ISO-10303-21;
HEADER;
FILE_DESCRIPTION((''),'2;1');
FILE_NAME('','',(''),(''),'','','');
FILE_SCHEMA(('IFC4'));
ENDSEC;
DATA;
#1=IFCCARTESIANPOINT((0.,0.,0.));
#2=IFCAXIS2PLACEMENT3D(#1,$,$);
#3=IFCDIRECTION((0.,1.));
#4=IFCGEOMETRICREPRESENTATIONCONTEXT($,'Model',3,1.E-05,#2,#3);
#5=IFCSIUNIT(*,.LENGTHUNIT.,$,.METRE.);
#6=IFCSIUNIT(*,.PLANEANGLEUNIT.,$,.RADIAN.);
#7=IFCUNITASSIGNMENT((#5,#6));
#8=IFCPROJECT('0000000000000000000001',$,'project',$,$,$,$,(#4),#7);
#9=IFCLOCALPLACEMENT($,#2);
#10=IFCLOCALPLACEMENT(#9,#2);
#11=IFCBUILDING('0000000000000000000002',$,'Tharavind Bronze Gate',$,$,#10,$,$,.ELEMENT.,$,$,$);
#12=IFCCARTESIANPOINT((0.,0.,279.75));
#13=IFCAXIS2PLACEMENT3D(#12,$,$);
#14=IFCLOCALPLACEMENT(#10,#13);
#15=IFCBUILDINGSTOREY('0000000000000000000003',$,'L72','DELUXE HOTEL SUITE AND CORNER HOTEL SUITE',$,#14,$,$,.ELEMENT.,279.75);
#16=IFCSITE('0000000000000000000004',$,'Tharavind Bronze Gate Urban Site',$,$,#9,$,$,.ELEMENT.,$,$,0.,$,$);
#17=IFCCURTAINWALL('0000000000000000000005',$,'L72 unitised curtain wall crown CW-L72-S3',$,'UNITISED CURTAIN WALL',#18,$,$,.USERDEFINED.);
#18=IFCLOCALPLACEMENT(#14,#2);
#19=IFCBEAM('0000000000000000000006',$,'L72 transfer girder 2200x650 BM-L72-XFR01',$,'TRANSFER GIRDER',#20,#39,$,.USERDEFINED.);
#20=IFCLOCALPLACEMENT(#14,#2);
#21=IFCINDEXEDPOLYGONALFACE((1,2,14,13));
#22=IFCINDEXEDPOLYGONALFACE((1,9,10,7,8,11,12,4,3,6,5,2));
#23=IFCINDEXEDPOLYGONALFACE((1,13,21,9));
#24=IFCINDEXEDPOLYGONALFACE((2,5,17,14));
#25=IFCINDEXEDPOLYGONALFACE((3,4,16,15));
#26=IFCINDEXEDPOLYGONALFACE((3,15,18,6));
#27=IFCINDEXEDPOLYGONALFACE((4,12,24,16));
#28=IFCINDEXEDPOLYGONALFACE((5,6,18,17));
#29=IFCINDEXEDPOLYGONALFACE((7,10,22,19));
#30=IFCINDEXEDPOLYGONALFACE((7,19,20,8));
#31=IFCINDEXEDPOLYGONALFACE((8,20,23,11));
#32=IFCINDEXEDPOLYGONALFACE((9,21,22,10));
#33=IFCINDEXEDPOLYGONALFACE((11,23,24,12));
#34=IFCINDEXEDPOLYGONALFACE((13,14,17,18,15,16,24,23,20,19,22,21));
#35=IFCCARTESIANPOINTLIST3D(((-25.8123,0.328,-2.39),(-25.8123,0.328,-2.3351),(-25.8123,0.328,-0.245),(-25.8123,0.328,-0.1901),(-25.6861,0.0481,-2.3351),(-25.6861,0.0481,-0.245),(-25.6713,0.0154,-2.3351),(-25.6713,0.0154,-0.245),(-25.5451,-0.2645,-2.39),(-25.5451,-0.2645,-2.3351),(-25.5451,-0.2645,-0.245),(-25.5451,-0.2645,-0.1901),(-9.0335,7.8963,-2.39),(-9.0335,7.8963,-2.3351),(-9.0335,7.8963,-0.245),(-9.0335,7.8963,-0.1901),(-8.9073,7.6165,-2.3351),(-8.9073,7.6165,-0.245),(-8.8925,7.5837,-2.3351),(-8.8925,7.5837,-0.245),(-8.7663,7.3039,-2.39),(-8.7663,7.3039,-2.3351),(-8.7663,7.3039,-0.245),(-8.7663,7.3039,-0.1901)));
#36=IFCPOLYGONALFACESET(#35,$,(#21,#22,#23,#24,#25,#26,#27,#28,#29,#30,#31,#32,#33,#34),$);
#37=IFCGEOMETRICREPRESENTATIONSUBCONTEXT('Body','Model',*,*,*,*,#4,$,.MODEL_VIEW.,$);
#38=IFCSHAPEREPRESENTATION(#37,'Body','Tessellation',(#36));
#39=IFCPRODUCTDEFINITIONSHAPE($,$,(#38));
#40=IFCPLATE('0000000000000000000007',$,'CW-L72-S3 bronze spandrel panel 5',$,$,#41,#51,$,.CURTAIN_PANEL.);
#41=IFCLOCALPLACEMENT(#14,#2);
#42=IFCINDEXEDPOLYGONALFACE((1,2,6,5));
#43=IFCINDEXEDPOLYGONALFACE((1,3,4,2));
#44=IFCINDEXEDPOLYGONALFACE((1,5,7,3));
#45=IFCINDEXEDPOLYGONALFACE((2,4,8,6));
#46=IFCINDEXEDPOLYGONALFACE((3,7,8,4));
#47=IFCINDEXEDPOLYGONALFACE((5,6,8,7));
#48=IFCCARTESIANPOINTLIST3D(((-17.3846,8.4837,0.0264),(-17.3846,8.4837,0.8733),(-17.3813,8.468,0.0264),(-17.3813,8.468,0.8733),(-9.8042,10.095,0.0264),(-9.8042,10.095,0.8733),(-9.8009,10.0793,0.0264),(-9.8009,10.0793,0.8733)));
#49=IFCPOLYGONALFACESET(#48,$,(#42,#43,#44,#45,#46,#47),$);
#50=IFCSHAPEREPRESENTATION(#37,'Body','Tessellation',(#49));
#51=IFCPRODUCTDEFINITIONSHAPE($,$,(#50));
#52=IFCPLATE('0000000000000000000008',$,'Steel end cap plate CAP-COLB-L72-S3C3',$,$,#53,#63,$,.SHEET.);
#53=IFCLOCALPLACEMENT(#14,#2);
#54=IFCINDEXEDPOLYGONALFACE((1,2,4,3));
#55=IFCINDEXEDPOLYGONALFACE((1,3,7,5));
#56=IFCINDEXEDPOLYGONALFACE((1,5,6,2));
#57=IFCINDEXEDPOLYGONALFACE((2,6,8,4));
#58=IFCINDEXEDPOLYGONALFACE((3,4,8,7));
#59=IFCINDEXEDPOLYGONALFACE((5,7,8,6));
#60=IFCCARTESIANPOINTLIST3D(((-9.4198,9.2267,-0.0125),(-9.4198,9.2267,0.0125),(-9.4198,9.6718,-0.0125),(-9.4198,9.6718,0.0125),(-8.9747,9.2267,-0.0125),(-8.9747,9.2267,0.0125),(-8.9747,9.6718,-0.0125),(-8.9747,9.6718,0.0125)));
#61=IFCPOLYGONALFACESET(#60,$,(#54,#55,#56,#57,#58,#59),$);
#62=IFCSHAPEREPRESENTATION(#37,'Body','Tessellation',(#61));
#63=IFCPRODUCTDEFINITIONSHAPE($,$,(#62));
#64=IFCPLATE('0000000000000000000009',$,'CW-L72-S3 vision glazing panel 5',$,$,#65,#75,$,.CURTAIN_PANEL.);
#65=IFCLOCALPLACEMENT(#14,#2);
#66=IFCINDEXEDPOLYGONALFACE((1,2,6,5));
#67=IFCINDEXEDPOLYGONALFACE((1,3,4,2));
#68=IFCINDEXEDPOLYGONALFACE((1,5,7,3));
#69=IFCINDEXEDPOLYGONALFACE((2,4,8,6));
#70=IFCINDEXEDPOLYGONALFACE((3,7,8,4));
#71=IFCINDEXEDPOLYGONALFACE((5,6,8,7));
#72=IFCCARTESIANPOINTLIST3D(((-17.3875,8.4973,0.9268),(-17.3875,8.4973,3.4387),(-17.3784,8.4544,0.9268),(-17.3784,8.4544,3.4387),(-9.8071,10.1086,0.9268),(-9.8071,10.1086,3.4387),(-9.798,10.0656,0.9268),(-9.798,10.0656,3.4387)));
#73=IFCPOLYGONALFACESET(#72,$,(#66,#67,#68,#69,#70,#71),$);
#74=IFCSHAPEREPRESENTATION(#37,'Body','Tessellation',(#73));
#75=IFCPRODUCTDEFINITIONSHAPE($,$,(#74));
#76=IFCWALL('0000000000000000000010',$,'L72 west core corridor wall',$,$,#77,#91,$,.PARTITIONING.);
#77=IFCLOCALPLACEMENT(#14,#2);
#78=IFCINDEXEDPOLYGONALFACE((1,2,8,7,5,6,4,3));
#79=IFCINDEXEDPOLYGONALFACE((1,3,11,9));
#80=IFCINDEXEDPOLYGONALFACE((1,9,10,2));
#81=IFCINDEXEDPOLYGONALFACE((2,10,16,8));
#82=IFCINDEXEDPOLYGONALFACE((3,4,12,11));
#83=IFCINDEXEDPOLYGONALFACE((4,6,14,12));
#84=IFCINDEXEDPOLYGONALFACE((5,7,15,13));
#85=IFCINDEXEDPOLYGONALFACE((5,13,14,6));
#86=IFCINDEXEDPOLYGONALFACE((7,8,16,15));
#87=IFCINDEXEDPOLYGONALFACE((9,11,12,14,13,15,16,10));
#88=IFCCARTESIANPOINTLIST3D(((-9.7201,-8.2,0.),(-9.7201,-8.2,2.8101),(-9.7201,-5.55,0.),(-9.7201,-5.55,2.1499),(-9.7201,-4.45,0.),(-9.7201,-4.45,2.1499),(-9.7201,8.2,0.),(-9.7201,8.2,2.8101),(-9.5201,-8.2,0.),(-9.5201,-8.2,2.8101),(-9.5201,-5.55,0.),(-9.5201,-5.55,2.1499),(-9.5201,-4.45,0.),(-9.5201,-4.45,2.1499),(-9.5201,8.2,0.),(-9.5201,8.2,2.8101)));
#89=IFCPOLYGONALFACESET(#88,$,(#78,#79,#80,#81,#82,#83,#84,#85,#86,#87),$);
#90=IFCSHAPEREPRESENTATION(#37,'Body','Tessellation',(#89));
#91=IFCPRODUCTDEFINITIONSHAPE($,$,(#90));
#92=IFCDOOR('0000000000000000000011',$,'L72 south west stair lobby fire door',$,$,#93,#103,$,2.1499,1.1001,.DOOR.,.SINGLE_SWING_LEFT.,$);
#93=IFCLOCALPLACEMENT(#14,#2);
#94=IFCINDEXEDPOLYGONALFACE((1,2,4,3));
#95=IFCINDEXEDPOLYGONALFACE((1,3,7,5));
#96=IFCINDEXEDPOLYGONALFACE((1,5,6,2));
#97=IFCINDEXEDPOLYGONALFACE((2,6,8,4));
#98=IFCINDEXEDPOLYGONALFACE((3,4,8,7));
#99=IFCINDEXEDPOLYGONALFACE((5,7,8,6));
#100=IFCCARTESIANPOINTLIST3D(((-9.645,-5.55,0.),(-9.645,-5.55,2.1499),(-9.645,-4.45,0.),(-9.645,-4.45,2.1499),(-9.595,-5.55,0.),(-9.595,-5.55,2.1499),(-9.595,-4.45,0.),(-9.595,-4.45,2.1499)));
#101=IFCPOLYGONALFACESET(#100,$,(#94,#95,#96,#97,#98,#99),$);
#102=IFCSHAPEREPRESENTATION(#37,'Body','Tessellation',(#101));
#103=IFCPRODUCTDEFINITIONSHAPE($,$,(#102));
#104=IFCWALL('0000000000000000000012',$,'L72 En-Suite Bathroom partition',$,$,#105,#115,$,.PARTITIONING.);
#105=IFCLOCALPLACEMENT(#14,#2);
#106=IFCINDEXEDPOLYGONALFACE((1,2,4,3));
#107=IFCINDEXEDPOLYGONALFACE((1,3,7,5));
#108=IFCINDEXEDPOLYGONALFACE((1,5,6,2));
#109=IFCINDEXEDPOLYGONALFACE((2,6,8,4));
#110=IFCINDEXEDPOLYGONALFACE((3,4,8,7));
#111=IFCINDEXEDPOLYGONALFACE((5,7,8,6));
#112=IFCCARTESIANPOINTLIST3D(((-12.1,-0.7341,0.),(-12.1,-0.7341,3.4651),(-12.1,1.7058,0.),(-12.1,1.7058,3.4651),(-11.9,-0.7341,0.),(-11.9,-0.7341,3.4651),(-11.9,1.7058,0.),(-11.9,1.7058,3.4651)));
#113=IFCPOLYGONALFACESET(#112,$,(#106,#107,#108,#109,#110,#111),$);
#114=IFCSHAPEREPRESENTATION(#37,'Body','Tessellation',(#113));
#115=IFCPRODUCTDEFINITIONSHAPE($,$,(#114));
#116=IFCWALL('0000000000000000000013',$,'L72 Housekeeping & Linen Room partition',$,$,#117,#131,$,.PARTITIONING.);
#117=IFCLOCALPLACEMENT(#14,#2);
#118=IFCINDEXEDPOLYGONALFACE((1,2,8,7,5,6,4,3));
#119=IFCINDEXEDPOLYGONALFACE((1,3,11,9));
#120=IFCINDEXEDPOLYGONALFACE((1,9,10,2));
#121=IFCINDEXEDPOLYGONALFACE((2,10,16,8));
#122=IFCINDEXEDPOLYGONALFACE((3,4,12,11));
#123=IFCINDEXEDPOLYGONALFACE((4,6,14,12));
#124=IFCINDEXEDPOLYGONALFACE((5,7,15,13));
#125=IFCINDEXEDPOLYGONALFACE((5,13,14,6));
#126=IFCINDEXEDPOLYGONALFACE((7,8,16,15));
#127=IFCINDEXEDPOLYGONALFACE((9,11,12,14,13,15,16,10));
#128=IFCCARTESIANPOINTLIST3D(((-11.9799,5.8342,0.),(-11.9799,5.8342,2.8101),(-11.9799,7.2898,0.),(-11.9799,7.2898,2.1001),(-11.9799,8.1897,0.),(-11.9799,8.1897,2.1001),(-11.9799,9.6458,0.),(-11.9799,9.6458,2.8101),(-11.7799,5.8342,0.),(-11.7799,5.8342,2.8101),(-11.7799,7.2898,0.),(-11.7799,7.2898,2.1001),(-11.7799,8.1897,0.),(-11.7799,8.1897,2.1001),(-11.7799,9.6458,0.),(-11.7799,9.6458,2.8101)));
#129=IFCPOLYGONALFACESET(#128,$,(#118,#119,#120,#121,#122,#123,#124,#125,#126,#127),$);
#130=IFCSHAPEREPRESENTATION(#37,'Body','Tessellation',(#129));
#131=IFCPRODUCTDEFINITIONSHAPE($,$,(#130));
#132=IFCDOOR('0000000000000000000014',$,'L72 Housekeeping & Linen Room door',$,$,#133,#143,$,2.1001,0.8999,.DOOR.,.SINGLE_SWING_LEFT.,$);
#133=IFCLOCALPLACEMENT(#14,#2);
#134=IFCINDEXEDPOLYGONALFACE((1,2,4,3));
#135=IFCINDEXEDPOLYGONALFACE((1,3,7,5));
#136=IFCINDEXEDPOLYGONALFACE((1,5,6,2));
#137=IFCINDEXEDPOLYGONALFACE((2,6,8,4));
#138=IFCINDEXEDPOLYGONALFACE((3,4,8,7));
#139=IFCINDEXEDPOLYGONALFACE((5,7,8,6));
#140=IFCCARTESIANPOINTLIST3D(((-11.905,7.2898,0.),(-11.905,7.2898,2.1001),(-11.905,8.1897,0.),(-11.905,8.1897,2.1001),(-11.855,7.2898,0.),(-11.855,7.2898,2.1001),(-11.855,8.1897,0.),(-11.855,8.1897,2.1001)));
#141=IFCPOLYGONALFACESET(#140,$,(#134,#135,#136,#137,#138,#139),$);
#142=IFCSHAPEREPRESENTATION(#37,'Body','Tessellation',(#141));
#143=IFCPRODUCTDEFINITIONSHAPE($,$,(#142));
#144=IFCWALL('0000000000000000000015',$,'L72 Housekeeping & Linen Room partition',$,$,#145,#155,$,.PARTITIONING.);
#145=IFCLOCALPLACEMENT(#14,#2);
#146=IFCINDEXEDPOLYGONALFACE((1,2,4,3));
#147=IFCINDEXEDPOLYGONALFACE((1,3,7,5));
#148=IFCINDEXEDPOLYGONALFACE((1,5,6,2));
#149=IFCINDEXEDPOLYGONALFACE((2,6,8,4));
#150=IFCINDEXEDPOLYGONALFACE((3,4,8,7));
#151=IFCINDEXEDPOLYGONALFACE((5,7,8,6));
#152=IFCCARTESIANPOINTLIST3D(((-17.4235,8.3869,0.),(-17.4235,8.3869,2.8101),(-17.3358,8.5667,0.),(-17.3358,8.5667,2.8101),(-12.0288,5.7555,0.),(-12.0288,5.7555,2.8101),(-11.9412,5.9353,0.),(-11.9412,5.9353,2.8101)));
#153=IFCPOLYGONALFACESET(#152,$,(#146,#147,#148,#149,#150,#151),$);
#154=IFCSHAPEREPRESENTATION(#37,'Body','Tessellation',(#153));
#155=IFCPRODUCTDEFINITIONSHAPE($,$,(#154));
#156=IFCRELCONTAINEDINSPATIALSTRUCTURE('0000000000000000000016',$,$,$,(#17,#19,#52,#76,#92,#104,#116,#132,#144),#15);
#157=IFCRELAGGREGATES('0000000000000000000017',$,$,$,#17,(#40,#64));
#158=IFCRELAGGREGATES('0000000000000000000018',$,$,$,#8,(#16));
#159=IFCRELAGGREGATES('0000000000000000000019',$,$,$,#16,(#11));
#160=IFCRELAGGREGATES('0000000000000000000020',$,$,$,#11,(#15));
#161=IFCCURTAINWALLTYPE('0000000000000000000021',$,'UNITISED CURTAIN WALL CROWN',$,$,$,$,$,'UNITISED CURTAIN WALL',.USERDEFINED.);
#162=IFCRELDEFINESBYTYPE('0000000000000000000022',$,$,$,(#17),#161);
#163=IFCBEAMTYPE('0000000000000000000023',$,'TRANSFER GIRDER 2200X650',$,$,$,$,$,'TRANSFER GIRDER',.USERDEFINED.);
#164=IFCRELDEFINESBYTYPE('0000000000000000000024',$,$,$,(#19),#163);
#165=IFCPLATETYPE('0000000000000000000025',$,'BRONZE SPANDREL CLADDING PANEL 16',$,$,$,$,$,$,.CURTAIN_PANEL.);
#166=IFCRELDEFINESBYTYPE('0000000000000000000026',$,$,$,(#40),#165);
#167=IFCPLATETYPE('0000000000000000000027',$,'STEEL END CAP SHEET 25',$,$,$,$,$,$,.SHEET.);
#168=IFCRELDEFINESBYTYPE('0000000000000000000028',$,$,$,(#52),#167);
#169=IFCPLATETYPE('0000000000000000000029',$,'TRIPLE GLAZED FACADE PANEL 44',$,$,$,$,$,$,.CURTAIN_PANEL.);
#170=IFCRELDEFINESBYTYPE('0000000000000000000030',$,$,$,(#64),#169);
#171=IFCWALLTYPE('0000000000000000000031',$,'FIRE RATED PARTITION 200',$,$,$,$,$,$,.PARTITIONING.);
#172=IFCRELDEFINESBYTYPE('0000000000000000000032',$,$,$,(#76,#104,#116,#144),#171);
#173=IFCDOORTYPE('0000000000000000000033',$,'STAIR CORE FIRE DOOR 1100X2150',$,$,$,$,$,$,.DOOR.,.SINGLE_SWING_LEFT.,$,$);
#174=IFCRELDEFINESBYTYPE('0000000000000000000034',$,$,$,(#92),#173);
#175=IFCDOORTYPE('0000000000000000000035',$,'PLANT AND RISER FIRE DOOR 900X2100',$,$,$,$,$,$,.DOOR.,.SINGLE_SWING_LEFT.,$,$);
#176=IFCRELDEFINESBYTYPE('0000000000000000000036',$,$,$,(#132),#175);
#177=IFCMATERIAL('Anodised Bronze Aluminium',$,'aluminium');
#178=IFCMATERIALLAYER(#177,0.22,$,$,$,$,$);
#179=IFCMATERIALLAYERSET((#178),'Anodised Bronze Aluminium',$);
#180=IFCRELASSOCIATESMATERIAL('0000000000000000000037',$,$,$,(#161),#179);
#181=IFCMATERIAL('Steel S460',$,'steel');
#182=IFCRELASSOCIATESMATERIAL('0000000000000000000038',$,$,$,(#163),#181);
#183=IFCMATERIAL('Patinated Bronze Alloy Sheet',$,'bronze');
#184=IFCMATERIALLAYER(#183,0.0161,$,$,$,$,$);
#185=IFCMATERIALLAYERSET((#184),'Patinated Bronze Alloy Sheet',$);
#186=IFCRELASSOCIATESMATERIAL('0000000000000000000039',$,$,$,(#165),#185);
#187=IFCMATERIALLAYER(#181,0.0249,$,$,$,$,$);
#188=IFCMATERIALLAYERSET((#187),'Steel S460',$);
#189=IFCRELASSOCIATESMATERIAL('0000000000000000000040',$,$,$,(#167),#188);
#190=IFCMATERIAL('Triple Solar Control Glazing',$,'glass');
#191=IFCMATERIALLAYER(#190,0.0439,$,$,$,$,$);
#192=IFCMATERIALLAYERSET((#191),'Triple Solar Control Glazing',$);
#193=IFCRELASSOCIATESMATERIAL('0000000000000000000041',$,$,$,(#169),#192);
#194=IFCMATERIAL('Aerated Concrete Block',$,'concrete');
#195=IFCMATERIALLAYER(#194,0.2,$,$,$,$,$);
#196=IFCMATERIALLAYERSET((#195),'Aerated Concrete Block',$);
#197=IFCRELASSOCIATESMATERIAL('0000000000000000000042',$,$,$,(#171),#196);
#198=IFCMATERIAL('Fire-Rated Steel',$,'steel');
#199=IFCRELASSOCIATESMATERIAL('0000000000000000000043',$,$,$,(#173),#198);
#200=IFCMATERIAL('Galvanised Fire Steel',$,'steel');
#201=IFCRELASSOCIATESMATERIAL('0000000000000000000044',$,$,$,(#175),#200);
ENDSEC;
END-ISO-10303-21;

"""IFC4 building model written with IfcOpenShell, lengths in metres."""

from ifc_helpers import new_model, si_unit, direction, frame, frame_2d, origin, origin_2d, place, context, subcontext, project, spatial, rectangle, i_section, extrude, material, layer, layer_set, material_profile, profile_set, type_object, element, fill, aggregate, save


model = new_model("IFC4")

# Units and contexts
model_context = context("Model", 3, precision=1e-05, world=origin(), true_north=direction((0.0, 1.0)))
body_context = subcontext(model_context, "Body", "Model", "MODEL_VIEW")
ifc_project = project(units=[si_unit("LENGTHUNIT", "METRE"), si_unit("PLANEANGLEUNIT", "RADIAN")], contexts=[model_context])

# Site, building, storey
site_placement = place(None, origin())
site = spatial("IfcSite", under=ifc_project, at=site_placement, Name="Tharavind Bronze Gate Urban Site", CompositionType="ELEMENT", RefElevation=0.0)
building_placement = place(site_placement, origin())
building = spatial("IfcBuilding", under=site, at=building_placement, Name="Tharavind Bronze Gate", CompositionType="ELEMENT")
storey_placement = place(building_placement, frame((0.0, 0.0, 279.75)))
storey = spatial("IfcBuildingStorey", under=building, at=storey_placement, Name="L72", Description="DELUXE HOTEL SUITE AND CORNER HOTEL SUITE", CompositionType="ELEMENT", Elevation=279.75)

# Shared definitions
ifc_material_1 = material(Name="Steel S460", Category="steel")

# Curtain wall
ifc_material_2 = material(Name="Anodised Bronze Aluminium", Category="aluminium")
ifc_layer_1 = layer(ifc_material_2, 0.22)
ifc_layer_set_1 = layer_set([ifc_layer_1], Name="Anodised Bronze Aluminium")
curtain_wall_type = type_object("IfcCurtainWallType", Name="UNITISED CURTAIN WALL CROWN", ElementType="UNITISED CURTAIN WALL", PredefinedType="USERDEFINED", material=ifc_layer_set_1)
curtain_wall_placement = place(storey_placement, origin())
curtain_wall = element("IfcCurtainWall", 1, at=curtain_wall_placement, inside=storey, type_object=curtain_wall_type, Name="L72 unitised curtain wall crown CW-L72-S3", ObjectType="UNITISED CURTAIN WALL", PredefinedType="USERDEFINED")

# Beam
ifc_material_profile_1 = material_profile(ifc_material_1, i_section(OverallWidth=0.6499, OverallDepth=2.2, WebThickness=0.0359, FlangeThickness=0.0549, at=origin_2d()), Name="PG2200X650")
ifc_profile_set_1 = profile_set([ifc_material_profile_1], Name="Steel S460")
beam_type_1 = type_object("IfcBeamType", Name="TRANSFER GIRDER 2200X650", ElementType="TRANSFER GIRDER", PredefinedType="USERDEFINED", material=ifc_profile_set_1)
beam_1_placement = place(storey_placement, frame((-8.8999, 7.6001, -1.29), z_axis=(-0.911557, -0.411173, 0.0), x_axis=(0.411173, -0.911557, 0.0)))
element("IfcBeam", 2, at=beam_1_placement, inside=storey, type_object=beam_type_1, Name="L72 transfer girder 2200x650 BM-L72-XFR01", ObjectType="TRANSFER GIRDER", PredefinedType="USERDEFINED", context=body_context, shape_type="SweptSolid", body=[
    extrude(i_section(OverallWidth=0.6499, OverallDepth=2.2, WebThickness=0.0359, FlangeThickness=0.0549, at=origin_2d()), origin(), (0.0, 0.0, 1.0), 18.4067),
])

# Plates
ifc_material_3 = material(Name="Patinated Bronze Alloy Sheet", Category="bronze")
ifc_layer_2 = layer(ifc_material_3, 0.0161)
ifc_layer_set_2 = layer_set([ifc_layer_2], Name="Patinated Bronze Alloy Sheet")
plate_type_1 = type_object("IfcPlateType", Name="BRONZE SPANDREL CLADDING PANEL 16", PredefinedType="CURTAIN_PANEL", material=ifc_layer_set_2)
plate_1_placement = place(storey_placement, frame((-13.5928, 9.2815, 0.0264), z_axis=(0.0, 0.0, 1.0), x_axis=(-0.978147, -0.207913, 0.0)))
plate_1 = element("IfcPlate", 3, at=plate_1_placement, type_object=plate_type_1, Name="CW-L72-S3 bronze spandrel panel 5", PredefinedType="CURTAIN_PANEL", context=body_context, shape_type="SweptSolid", body=[
    extrude(rectangle(XDim=7.7498, YDim=0.0161, at=origin_2d()), origin(), (0.0, 0.0, 1.0), 0.8469),
])
ifc_layer_3 = layer(ifc_material_1, 0.0249)
ifc_layer_set_3 = layer_set([ifc_layer_3], Name="Steel S460")
plate_type_2 = type_object("IfcPlateType", Name="STEEL END CAP SHEET 25", PredefinedType="SHEET", material=ifc_layer_set_3)
plate_2_placement = place(storey_placement, frame((-9.1973, 9.4492, -0.0125), z_axis=(0.0, 0.0, 1.0), x_axis=(1.0, 0.0, 0.0)))
element("IfcPlate", 4, at=plate_2_placement, inside=storey, type_object=plate_type_2, Name="Steel end cap plate CAP-COLB-L72-S3C3", PredefinedType="SHEET", context=body_context, shape_type="SweptSolid", body=[
    extrude(rectangle(XDim=0.4451, YDim=0.4451, at=origin_2d()), origin(), (0.0, 0.0, 1.0), 0.0249),
])
ifc_material_4 = material(Name="Triple Solar Control Glazing", Category="glass")
ifc_layer_4 = layer(ifc_material_4, 0.0439)
ifc_layer_set_4 = layer_set([ifc_layer_4], Name="Triple Solar Control Glazing")
plate_type_3 = type_object("IfcPlateType", Name="TRIPLE GLAZED FACADE PANEL 44", PredefinedType="CURTAIN_PANEL", material=ifc_layer_set_4)
plate_3_placement = place(storey_placement, frame((-13.5928, 9.2815, 0.9268), z_axis=(0.0, 0.0, 1.0), x_axis=(-0.978147, -0.207913, 0.0)))
plate_3 = element("IfcPlate", 5, at=plate_3_placement, type_object=plate_type_3, Name="CW-L72-S3 vision glazing panel 5", PredefinedType="CURTAIN_PANEL", context=body_context, shape_type="SweptSolid", body=[
    extrude(rectangle(XDim=7.7498, YDim=0.0439, at=origin_2d()), origin(), (0.0, 0.0, 1.0), 2.512),
])
aggregate(curtain_wall, [plate_1, plate_3])

# Wall, opening, door
ifc_material_5 = material(Name="Aerated Concrete Block", Category="concrete")
ifc_layer_5 = layer(ifc_material_5, 0.2)
ifc_layer_set_5 = layer_set([ifc_layer_5], Name="Aerated Concrete Block")
wall_type_1 = type_object("IfcWallType", Name="FIRE RATED PARTITION 200", PredefinedType="PARTITIONING", material=ifc_layer_set_5)
wall_1_placement = place(storey_placement, frame((-9.6201, 8.2, 0.0), z_axis=(0.0, 0.0, 1.0), x_axis=(0.0, -1.0, 0.0)))
wall_1 = element("IfcWall", 6, at=wall_1_placement, inside=storey, type_object=wall_type_1, Name="L72 west core corridor wall", PredefinedType="PARTITIONING", context=body_context, shape_type="SweptSolid", body=[
    extrude(rectangle(XDim=16.3999, YDim=0.2, at=frame_2d((8.2, 0.0))), origin(), (0.0, 0.0, 1.0), 2.8101),
])
opening_1_placement = place(wall_1_placement, frame((12.6499, 0.0, 0.0)))
opening_1 = element("IfcOpeningElement", 7, at=opening_1_placement, cuts=wall_1, PredefinedType="OPENING", context=body_context, shape_type="SweptSolid", body=[
    extrude(rectangle(XDim=1.1001, YDim=2.1499, at=frame_2d((0.55, 1.075))), frame((0.0, 0.1101, 0.0), z_axis=(0.0, -1.0, 0.0), x_axis=(1.0, 0.0, 0.0)), (0.0, 0.0, 1.0), 0.22),
])
ifc_material_6 = material(Name="Fire-Rated Steel", Category="steel")
door_type_1 = type_object("IfcDoorType", Name="STAIR CORE FIRE DOOR 1100X2150", OperationType="SINGLE_SWING_LEFT", PredefinedType="DOOR", material=ifc_material_6)
door_1_placement = place(opening_1_placement, frame((1.1001, 0.0, 0.0), z_axis=(0.0, 0.0, 1.0), x_axis=(-1.0, 0.0, 0.0)))
door_1 = element("IfcDoor", 8, at=door_1_placement, inside=storey, type_object=door_type_1, Name="L72 south west stair lobby fire door", OperationType="SINGLE_SWING_LEFT", OverallHeight=2.1499, OverallWidth=1.1001, PredefinedType="DOOR", context=body_context, shape_type="SweptSolid", body=[
    extrude(rectangle(XDim=1.1001, YDim=2.1499, at=frame_2d((0.55, 1.075))), frame((0.0, 0.0249, 0.0), z_axis=(0.0, -1.0, 0.0), x_axis=(1.0, 0.0, 0.0)), (0.0, 0.0, 1.0), 0.05),
])
fill(opening_1, door_1)

# Wall
wall_2_placement = place(storey_placement, frame((-12.0, 1.7058, 0.0), z_axis=(0.0, 0.0, 1.0), x_axis=(0.0, -1.0, 0.0)))
element("IfcWall", 9, at=wall_2_placement, inside=storey, type_object=wall_type_1, Name="L72 En-Suite Bathroom partition", PredefinedType="PARTITIONING", context=body_context, shape_type="SweptSolid", body=[
    extrude(rectangle(XDim=2.4399, YDim=0.2, at=frame_2d((1.22, 0.0))), origin(), (0.0, 0.0, 1.0), 3.4651),
])

# Wall, opening, door
wall_3_placement = place(storey_placement, frame((-11.8799, 9.6458, 0.0), z_axis=(0.0, 0.0, 1.0), x_axis=(0.0, -1.0, 0.0)))
wall_3 = element("IfcWall", 10, at=wall_3_placement, inside=storey, type_object=wall_type_1, Name="L72 Housekeeping & Linen Room partition", PredefinedType="PARTITIONING", context=body_context, shape_type="SweptSolid", body=[
    extrude(rectangle(XDim=3.8115, YDim=0.2, at=frame_2d((1.9058, 0.0))), origin(), (0.0, 0.0, 1.0), 2.8101),
])
opening_2_placement = place(wall_3_placement, frame((1.4561, 0.0, 0.0)))
opening_2 = element("IfcOpeningElement", 11, at=opening_2_placement, cuts=wall_3, PredefinedType="OPENING", context=body_context, shape_type="SweptSolid", body=[
    extrude(rectangle(XDim=0.8999, YDim=2.1001, at=frame_2d((0.45, 1.05))), frame((0.0, 0.1101, 0.0), z_axis=(0.0, -1.0, 0.0), x_axis=(1.0, 0.0, 0.0)), (0.0, 0.0, 1.0), 0.22),
])
ifc_material_7 = material(Name="Galvanised Fire Steel", Category="steel")
door_type_2 = type_object("IfcDoorType", Name="PLANT AND RISER FIRE DOOR 900X2100", OperationType="SINGLE_SWING_LEFT", PredefinedType="DOOR", material=ifc_material_7)
door_2_placement = place(opening_2_placement, origin())
door_2 = element("IfcDoor", 12, at=door_2_placement, inside=storey, type_object=door_type_2, Name="L72 Housekeeping & Linen Room door", OperationType="SINGLE_SWING_LEFT", OverallHeight=2.1001, OverallWidth=0.8999, PredefinedType="DOOR", context=body_context, shape_type="SweptSolid", body=[
    extrude(rectangle(XDim=0.8999, YDim=2.1001, at=frame_2d((0.45, 1.05))), frame((0.0, 0.0249, 0.0), z_axis=(0.0, -1.0, 0.0), x_axis=(1.0, 0.0, 0.0)), (0.0, 0.0, 1.0), 0.05),
])
fill(opening_2, door_2)

# Wall
wall_4_placement = place(storey_placement, frame((-11.9851, 5.8455, 0.0), z_axis=(0.0, 0.0, 1.0), x_axis=(-0.898777, 0.438406, 0.0)))
element("IfcWall", 13, at=wall_4_placement, inside=storey, type_object=wall_type_1, Name="L72 Housekeeping & Linen Room partition", PredefinedType="PARTITIONING", context=body_context, shape_type="SweptSolid", body=[
    extrude(rectangle(XDim=6.0022, YDim=0.2, at=frame_2d((3.001, 0.0))), origin(), (0.0, 0.0, 1.0), 2.8101),
])

save(model, "model.ifc")
